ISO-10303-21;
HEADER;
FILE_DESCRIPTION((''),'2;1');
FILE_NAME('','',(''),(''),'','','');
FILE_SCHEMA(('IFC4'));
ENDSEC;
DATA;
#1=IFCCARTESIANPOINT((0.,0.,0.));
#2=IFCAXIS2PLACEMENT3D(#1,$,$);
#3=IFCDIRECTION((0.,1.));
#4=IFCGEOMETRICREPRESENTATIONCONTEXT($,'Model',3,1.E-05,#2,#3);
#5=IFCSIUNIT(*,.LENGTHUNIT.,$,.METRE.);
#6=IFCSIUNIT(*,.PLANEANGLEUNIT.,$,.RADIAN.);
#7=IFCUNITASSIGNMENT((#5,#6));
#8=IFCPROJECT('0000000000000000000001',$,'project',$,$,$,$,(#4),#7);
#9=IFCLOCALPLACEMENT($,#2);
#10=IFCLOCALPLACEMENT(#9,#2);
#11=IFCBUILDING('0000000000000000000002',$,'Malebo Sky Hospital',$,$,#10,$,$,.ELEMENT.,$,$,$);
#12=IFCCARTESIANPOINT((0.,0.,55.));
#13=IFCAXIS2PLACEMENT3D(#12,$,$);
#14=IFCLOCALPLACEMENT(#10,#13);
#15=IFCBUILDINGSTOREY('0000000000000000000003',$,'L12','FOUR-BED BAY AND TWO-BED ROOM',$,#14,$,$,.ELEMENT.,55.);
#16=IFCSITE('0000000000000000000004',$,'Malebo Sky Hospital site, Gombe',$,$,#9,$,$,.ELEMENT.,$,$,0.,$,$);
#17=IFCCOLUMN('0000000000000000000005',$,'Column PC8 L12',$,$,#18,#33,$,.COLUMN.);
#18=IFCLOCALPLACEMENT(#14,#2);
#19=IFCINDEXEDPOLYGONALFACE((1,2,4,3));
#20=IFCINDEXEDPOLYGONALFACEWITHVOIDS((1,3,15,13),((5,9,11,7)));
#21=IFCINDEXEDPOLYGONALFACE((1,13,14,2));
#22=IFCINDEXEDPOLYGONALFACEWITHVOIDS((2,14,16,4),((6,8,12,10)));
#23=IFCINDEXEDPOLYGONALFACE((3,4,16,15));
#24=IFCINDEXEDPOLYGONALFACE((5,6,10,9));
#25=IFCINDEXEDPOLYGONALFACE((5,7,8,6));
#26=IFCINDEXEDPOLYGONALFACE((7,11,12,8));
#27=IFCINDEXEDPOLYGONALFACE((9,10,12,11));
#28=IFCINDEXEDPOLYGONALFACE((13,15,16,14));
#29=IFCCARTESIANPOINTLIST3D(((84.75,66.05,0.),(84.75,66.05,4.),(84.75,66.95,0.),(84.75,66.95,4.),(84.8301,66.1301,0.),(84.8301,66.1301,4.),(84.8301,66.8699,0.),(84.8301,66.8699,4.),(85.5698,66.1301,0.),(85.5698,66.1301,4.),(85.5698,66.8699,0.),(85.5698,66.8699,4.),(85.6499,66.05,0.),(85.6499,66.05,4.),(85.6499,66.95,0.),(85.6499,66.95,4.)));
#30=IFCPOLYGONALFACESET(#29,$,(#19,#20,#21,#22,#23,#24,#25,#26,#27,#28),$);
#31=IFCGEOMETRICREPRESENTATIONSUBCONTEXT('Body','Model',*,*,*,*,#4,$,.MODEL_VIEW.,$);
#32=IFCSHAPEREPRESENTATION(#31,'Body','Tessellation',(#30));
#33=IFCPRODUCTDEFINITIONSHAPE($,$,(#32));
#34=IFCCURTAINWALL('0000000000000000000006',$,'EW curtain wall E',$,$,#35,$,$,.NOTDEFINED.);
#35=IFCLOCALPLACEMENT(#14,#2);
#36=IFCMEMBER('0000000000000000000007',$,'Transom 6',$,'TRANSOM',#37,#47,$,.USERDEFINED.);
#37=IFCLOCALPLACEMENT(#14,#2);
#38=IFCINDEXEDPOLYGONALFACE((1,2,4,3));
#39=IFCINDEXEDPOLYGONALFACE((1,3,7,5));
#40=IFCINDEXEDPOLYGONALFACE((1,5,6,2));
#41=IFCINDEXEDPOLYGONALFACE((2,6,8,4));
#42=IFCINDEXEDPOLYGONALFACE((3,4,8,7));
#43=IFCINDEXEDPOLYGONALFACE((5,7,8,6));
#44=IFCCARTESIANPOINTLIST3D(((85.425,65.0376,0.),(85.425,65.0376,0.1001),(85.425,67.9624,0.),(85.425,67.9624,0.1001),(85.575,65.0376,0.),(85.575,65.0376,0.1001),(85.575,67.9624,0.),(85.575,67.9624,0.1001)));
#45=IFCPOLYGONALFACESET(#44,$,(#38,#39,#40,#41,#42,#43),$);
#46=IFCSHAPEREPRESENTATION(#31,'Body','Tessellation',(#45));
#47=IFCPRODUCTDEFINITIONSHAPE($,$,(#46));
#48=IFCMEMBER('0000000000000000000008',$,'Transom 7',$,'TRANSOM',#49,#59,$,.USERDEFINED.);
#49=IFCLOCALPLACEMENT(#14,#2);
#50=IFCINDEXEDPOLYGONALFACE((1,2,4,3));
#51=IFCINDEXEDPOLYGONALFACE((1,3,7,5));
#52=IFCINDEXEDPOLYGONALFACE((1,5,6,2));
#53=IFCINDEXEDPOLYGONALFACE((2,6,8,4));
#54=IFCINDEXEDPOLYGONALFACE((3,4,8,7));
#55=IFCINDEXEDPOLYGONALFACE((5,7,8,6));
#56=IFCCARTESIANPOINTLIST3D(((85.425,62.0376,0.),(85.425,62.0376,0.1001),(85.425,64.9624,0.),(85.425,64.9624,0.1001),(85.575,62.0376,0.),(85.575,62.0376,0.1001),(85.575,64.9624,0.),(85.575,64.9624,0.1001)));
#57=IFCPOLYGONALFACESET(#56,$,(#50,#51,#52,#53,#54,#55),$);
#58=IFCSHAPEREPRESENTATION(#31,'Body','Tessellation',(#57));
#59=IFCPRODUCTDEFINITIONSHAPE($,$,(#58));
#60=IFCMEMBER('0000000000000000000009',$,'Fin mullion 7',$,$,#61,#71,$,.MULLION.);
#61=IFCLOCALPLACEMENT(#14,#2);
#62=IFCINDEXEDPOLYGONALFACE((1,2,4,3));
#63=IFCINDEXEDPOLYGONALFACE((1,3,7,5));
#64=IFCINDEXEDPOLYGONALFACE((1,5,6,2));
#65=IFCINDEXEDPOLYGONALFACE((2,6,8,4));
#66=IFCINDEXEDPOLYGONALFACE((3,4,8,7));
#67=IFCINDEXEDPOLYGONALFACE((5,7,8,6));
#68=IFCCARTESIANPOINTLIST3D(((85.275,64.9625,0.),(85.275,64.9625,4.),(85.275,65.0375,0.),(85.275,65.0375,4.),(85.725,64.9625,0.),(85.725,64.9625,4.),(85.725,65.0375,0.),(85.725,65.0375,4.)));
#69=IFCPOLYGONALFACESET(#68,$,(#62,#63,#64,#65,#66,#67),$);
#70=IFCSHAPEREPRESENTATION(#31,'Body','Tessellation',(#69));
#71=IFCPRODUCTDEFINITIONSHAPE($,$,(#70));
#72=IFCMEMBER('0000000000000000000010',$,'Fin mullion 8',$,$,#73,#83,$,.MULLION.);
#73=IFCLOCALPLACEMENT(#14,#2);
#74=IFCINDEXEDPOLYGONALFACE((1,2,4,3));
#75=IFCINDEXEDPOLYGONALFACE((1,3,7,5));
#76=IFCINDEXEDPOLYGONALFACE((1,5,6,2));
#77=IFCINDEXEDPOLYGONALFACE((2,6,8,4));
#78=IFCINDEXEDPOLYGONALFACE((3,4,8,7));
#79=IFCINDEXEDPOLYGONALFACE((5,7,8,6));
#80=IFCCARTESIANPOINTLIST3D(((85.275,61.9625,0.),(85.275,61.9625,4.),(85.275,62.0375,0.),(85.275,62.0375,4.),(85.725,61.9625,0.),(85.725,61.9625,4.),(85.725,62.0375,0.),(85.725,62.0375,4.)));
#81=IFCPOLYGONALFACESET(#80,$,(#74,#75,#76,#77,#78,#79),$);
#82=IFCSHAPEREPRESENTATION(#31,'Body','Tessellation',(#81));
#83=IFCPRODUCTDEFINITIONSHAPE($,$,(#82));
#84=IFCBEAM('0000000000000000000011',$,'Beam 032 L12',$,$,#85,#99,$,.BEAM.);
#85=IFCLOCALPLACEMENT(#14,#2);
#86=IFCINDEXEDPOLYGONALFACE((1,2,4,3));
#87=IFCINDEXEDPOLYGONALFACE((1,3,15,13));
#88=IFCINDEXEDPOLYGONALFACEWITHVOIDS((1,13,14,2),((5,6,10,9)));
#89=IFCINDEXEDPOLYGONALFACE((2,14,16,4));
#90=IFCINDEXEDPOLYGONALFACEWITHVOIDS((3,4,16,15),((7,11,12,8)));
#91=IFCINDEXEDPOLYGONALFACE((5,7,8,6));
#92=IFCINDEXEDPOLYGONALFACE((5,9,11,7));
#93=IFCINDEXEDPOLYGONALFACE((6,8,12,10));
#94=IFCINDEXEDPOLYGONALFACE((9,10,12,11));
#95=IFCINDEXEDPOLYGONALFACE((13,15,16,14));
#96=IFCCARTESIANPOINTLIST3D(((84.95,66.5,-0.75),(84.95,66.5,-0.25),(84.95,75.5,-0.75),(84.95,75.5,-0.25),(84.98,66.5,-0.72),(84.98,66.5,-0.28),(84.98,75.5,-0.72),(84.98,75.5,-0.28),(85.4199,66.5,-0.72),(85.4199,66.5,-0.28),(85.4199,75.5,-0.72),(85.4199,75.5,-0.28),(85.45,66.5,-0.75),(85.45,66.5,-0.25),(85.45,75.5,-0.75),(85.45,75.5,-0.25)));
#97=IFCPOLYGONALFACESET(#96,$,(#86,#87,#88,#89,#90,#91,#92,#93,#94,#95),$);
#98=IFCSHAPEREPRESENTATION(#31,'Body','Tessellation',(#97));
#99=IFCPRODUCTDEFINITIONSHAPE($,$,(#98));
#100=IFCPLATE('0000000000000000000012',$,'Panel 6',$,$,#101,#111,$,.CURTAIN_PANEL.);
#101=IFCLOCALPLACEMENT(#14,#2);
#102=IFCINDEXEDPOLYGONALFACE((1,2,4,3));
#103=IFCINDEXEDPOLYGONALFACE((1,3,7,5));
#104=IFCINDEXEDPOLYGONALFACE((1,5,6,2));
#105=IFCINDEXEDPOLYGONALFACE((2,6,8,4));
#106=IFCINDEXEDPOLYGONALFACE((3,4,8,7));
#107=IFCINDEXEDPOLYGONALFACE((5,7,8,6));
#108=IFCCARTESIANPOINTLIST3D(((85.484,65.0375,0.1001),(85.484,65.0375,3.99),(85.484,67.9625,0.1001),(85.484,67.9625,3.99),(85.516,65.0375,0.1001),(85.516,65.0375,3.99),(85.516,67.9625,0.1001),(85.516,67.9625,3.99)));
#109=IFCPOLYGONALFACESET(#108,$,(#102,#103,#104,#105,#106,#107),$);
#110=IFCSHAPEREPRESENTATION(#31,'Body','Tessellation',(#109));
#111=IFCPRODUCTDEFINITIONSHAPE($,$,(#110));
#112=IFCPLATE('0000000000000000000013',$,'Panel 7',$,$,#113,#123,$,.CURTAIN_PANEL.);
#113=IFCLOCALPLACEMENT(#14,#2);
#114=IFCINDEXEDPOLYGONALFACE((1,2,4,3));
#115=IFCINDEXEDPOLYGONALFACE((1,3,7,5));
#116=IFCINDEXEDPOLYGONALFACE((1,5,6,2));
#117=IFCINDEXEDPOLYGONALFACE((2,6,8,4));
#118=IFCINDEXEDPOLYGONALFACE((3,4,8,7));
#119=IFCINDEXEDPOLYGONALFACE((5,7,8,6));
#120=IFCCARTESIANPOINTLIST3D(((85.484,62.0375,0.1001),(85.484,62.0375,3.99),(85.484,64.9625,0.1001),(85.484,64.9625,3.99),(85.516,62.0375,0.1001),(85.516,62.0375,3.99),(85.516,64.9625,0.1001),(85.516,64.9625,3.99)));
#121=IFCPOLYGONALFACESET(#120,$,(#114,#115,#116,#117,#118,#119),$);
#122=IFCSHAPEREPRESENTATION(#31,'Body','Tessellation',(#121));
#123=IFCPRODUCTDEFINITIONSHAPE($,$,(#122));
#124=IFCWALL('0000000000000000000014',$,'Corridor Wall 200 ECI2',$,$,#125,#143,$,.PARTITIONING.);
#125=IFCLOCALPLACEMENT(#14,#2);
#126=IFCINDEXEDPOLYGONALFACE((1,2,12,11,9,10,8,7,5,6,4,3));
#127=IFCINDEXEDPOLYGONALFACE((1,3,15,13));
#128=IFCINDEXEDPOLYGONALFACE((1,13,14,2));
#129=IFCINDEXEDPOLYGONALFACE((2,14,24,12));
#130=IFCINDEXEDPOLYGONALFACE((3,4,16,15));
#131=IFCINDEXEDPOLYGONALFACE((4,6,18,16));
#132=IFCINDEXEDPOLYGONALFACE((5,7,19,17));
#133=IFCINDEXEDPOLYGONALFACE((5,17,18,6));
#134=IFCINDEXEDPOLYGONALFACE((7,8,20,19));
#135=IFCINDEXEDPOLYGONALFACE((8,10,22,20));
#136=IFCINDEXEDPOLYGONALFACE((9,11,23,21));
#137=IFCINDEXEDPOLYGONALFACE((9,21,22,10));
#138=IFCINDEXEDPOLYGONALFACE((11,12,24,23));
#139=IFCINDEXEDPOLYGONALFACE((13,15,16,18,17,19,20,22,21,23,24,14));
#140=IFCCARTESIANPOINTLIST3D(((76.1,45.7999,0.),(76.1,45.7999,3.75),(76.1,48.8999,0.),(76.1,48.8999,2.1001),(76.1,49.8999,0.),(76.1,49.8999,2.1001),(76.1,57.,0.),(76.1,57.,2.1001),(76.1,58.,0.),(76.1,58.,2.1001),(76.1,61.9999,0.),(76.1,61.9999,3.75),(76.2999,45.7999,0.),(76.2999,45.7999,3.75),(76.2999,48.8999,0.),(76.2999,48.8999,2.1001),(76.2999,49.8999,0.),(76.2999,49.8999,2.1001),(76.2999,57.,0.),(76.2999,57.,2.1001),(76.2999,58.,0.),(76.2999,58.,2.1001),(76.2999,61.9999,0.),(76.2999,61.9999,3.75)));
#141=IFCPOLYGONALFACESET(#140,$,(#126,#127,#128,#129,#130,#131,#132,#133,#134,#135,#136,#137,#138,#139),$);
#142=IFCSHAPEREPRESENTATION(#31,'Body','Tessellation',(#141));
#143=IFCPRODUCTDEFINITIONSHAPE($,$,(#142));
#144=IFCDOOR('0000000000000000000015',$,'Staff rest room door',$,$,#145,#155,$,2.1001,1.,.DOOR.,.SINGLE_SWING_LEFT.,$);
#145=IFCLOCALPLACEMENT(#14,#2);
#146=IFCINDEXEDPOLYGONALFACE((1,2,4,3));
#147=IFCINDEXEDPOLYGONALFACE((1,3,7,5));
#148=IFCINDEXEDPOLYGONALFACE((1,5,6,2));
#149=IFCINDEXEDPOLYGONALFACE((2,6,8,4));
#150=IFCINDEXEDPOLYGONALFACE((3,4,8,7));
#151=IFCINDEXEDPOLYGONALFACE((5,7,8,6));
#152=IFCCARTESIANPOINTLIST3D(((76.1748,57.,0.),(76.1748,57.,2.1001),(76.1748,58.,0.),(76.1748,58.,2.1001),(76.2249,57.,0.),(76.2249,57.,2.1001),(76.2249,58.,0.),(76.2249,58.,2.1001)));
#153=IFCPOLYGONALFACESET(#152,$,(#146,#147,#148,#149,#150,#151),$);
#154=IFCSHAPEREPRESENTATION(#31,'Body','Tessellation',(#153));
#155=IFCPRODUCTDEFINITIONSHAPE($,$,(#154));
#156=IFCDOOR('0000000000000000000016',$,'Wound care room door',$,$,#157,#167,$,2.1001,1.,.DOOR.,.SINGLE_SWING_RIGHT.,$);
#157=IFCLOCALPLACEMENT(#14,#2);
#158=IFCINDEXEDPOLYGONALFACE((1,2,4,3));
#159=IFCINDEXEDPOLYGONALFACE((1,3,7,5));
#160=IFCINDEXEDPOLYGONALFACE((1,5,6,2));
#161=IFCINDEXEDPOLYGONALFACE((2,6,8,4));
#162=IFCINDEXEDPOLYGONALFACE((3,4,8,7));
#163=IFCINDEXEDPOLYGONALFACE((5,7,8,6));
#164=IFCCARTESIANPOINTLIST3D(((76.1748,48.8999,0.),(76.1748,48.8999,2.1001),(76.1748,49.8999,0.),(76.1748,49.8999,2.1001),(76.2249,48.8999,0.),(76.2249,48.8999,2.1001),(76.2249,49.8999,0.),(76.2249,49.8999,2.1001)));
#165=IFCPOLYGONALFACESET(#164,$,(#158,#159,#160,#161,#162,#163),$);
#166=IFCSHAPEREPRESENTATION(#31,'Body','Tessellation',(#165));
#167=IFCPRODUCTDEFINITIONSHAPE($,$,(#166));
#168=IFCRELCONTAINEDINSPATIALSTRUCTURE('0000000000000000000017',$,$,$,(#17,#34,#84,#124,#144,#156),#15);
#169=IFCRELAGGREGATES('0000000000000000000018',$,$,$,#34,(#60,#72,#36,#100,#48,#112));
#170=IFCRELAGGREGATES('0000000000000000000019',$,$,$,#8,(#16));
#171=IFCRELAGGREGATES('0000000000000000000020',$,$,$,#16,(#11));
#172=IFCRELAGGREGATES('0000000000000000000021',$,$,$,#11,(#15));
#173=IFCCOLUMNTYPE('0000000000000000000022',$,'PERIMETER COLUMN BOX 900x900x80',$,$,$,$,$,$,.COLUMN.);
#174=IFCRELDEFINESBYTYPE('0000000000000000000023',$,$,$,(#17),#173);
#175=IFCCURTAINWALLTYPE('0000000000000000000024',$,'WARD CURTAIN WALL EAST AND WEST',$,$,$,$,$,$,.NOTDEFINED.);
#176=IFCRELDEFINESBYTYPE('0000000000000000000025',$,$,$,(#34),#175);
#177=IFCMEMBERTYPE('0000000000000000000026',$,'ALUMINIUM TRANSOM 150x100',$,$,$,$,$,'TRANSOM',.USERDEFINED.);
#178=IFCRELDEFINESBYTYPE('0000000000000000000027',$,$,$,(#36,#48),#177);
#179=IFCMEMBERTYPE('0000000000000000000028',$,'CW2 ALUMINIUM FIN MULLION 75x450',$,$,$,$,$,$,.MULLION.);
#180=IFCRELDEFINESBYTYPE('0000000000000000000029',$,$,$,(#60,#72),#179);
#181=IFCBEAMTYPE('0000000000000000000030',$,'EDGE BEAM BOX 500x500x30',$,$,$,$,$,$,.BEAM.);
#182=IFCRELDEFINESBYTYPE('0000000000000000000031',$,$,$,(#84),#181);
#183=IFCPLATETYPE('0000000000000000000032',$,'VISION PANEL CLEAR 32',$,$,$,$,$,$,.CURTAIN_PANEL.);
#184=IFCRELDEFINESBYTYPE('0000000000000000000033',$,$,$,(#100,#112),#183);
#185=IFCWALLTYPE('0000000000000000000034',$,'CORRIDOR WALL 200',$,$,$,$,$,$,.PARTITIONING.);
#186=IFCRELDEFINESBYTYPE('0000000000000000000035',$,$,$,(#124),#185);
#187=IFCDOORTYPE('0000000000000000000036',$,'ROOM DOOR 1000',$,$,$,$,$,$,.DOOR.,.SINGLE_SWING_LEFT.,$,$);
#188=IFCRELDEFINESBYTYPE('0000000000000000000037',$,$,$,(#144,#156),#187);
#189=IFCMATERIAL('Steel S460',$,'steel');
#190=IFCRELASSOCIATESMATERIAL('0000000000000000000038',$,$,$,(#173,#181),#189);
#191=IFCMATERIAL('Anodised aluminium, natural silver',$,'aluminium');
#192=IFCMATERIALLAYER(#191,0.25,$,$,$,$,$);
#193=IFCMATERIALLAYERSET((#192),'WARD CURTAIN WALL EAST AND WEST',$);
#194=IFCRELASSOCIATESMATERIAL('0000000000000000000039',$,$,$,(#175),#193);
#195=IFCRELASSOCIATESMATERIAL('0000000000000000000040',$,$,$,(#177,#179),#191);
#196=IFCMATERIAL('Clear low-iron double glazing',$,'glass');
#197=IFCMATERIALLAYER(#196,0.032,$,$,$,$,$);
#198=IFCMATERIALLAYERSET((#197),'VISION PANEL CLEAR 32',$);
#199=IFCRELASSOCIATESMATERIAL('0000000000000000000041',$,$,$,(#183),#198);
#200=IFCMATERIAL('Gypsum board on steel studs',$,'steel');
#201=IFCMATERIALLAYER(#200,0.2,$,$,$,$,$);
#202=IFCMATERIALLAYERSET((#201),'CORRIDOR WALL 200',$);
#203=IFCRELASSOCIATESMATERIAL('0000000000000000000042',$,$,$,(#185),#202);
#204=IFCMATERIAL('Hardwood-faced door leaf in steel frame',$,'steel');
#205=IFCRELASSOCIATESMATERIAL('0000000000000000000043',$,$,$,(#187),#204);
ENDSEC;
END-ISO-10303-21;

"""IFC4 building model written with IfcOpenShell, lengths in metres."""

from ifc_helpers import new_model, si_unit, direction, frame, frame_2d, origin, origin_2d, place, context, subcontext, project, spatial, rectangle, hollow_rectangle, extrude, material, layer, layer_set, material_profile, profile_set, type_object, element, fill, aggregate, save


model = new_model("IFC4")

# Units and contexts
model_context = context("Model", 3, precision=1e-05, world=origin(), true_north=direction((0.0, 1.0)))
body_context = subcontext(model_context, "Body", "Model", "MODEL_VIEW")
ifc_project = project(units=[si_unit("LENGTHUNIT", "METRE"), si_unit("PLANEANGLEUNIT", "RADIAN")], contexts=[model_context])

# Site, building, storey
site_placement = place(None, origin())
site = spatial("IfcSite", under=ifc_project, at=site_placement, Name="Malebo Sky Hospital site, Gombe", CompositionType="ELEMENT", RefElevation=0.0)
building_placement = place(site_placement, origin())
building = spatial("IfcBuilding", under=site, at=building_placement, Name="Malebo Sky Hospital", CompositionType="ELEMENT")
storey_placement = place(building_placement, frame((0.0, 0.0, 55.0)))
storey = spatial("IfcBuildingStorey", under=building, at=storey_placement, Name="L12", Description="FOUR-BED BAY AND TWO-BED ROOM", CompositionType="ELEMENT", Elevation=55.0)

# Column
ifc_material_1 = material(Name="Steel S460", Category="steel")
ifc_material_profile_1 = material_profile(ifc_material_1, hollow_rectangle(XDim=0.8999, YDim=0.8999, WallThickness=0.0801, at=origin_2d()), Name="BOX 900x900x80")
ifc_profile_set_1 = profile_set([ifc_material_profile_1], Name="Steel S460")
column_type = type_object("IfcColumnType", Name="PERIMETER COLUMN BOX 900x900x80", PredefinedType="COLUMN", material=ifc_profile_set_1)
column_placement = place(storey_placement, frame((85.2, 66.5, 0.0), z_axis=(0.0, 0.0, 1.0), x_axis=(1.0, 0.0, 0.0)))
element("IfcColumn", 1, at=column_placement, inside=storey, type_object=column_type, Name="Column PC8 L12", PredefinedType="COLUMN", context=body_context, shape_type="SweptSolid", body=[
    extrude(hollow_rectangle(XDim=0.8999, YDim=0.8999, WallThickness=0.0801, at=origin_2d()), origin(), (0.0, 0.0, 1.0), 4.0),
])

# Curtain wall, members
ifc_material_2 = material(Name="Anodised aluminium, natural silver", Category="aluminium")
ifc_layer_1 = layer(ifc_material_2, 0.25)
ifc_layer_set_1 = layer_set([ifc_layer_1], Name="WARD CURTAIN WALL EAST AND WEST")
curtain_wall_type = type_object("IfcCurtainWallType", Name="WARD CURTAIN WALL EAST AND WEST", PredefinedType="NOTDEFINED", material=ifc_layer_set_1)
curtain_wall_placement = place(storey_placement, origin())
curtain_wall = element("IfcCurtainWall", 2, at=curtain_wall_placement, inside=storey, type_object=curtain_wall_type, Name="EW curtain wall E", PredefinedType="NOTDEFINED")
ifc_material_profile_2 = material_profile(ifc_material_2, rectangle(XDim=0.1499, YDim=0.1001, at=origin_2d()), Name="ALUMINIUM TRANSOM 150x100")
ifc_profile_set_2 = profile_set([ifc_material_profile_2], Name="Anodised aluminium, natural silver")
member_type_1 = type_object("IfcMemberType", Name="ALUMINIUM TRANSOM 150x100", ElementType="TRANSOM", PredefinedType="USERDEFINED", material=ifc_profile_set_2)
member_1_placement = place(storey_placement, frame((85.5, 67.9624, 0.05), z_axis=(0.0, -1.0, 0.0), x_axis=(1.0, 0.0, 0.0)))
member_1 = element("IfcMember", 3, at=member_1_placement, type_object=member_type_1, Name="Transom 6", ObjectType="TRANSOM", PredefinedType="USERDEFINED", context=body_context, shape_type="SweptSolid", body=[
    extrude(rectangle(XDim=0.1499, YDim=0.1001, at=origin_2d()), origin(), (0.0, 0.0, 1.0), 2.9248),
])
member_2_placement = place(storey_placement, frame((85.5, 64.9624, 0.05), z_axis=(0.0, -1.0, 0.0), x_axis=(1.0, 0.0, 0.0)))
member_2 = element("IfcMember", 4, at=member_2_placement, type_object=member_type_1, Name="Transom 7", ObjectType="TRANSOM", PredefinedType="USERDEFINED", context=body_context, shape_type="SweptSolid", body=[
    extrude(rectangle(XDim=0.1499, YDim=0.1001, at=origin_2d()), origin(), (0.0, 0.0, 1.0), 2.9248),
])
ifc_material_profile_3 = material_profile(ifc_material_2, rectangle(XDim=0.075, YDim=0.45, at=origin_2d()), Name="CW2 ALUMINIUM FIN MULLION 75x450")
ifc_profile_set_3 = profile_set([ifc_material_profile_3], Name="Anodised aluminium, natural silver")
member_type_2 = type_object("IfcMemberType", Name="CW2 ALUMINIUM FIN MULLION 75x450", PredefinedType="MULLION", material=ifc_profile_set_3)
member_3_placement = place(storey_placement, frame((85.5, 65.0, 0.0), z_axis=(0.0, 0.0, 1.0), x_axis=(0.0, -1.0, 0.0)))
member_3 = element("IfcMember", 5, at=member_3_placement, type_object=member_type_2, Name="Fin mullion 7", PredefinedType="MULLION", context=body_context, shape_type="SweptSolid", body=[
    extrude(rectangle(XDim=0.075, YDim=0.45, at=origin_2d()), origin(), (0.0, 0.0, 1.0), 4.0),
])
member_4_placement = place(storey_placement, frame((85.5, 62.0, 0.0), z_axis=(0.0, 0.0, 1.0), x_axis=(0.0, -1.0, 0.0)))
member_4 = element("IfcMember", 6, at=member_4_placement, type_object=member_type_2, Name="Fin mullion 8", PredefinedType="MULLION", context=body_context, shape_type="SweptSolid", body=[
    extrude(rectangle(XDim=0.075, YDim=0.45, at=origin_2d()), origin(), (0.0, 0.0, 1.0), 4.0),
])

# Beam
ifc_material_profile_4 = material_profile(ifc_material_1, hollow_rectangle(XDim=0.5, YDim=0.5, WallThickness=0.03, at=origin_2d()), Name="BOX 500x500x30")
ifc_profile_set_4 = profile_set([ifc_material_profile_4], Name="Steel S460")
beam_type = type_object("IfcBeamType", Name="EDGE BEAM BOX 500x500x30", PredefinedType="BEAM", material=ifc_profile_set_4)
beam_placement = place(storey_placement, frame((85.2, 66.5, -0.5), z_axis=(0.0, 1.0, 0.0), x_axis=(-1.0, 0.0, 0.0)))
element("IfcBeam", 7, at=beam_placement, inside=storey, type_object=beam_type, Name="Beam 032 L12", PredefinedType="BEAM", context=body_context, shape_type="SweptSolid", body=[
    extrude(hollow_rectangle(XDim=0.5, YDim=0.5, WallThickness=0.03, at=origin_2d()), origin(), (0.0, 0.0, 1.0), 9.0),
])

# Plates
ifc_material_3 = material(Name="Clear low-iron double glazing", Category="glass")
ifc_layer_2 = layer(ifc_material_3, 0.032)
ifc_layer_set_2 = layer_set([ifc_layer_2], Name="VISION PANEL CLEAR 32")
plate_type = type_object("IfcPlateType", Name="VISION PANEL CLEAR 32", PredefinedType="CURTAIN_PANEL", material=ifc_layer_set_2)
plate_1_placement = place(storey_placement, frame((85.5, 66.5, 0.1001), z_axis=(0.0, 0.0, 1.0), x_axis=(0.0, -1.0, 0.0)))
plate_1 = element("IfcPlate", 8, at=plate_1_placement, type_object=plate_type, Name="Panel 6", PredefinedType="CURTAIN_PANEL", context=body_context, shape_type="SweptSolid", body=[
    extrude(rectangle(XDim=2.925, YDim=0.032, at=origin_2d()), origin(), (0.0, 0.0, 1.0), 3.8899),
])
plate_2_placement = place(storey_placement, frame((85.5, 63.5, 0.1001), z_axis=(0.0, 0.0, 1.0), x_axis=(0.0, -1.0, 0.0)))
plate_2 = element("IfcPlate", 9, at=plate_2_placement, type_object=plate_type, Name="Panel 7", PredefinedType="CURTAIN_PANEL", context=body_context, shape_type="SweptSolid", body=[
    extrude(rectangle(XDim=2.925, YDim=0.032, at=origin_2d()), origin(), (0.0, 0.0, 1.0), 3.8899),
])
aggregate(curtain_wall, [member_3, member_4, member_1, plate_1, member_2, plate_2])

# Wall, openings, doors
ifc_material_4 = material(Name="Gypsum board on steel studs", Category="steel")
ifc_layer_3 = layer(ifc_material_4, 0.2)
ifc_layer_set_3 = layer_set([ifc_layer_3], Name="CORRIDOR WALL 200")
wall_type_1 = type_object("IfcWallType", Name="CORRIDOR WALL 200", PredefinedType="PARTITIONING", material=ifc_layer_set_3)
wall_1_placement = place(storey_placement, frame((76.2, 62.0, 0.0), z_axis=(0.0, 0.0, 1.0), x_axis=(0.0, -1.0, 0.0)))
wall_1 = element("IfcWall", 10, at=wall_1_placement, inside=storey, type_object=wall_type_1, Name="Corridor Wall 200 ECI2", PredefinedType="PARTITIONING", context=body_context, shape_type="SweptSolid", body=[
    extrude(rectangle(XDim=16.2, YDim=0.2, at=frame_2d((8.1001, 0.0))), origin(), (0.0, 0.0, 1.0), 3.75),
])
opening_1_placement = place(wall_1_placement, frame((4.0, 0.0, 0.0)))
opening_1 = element("IfcOpeningElement", 11, at=opening_1_placement, cuts=wall_1, PredefinedType="OPENING", context=body_context, shape_type="SweptSolid", body=[
    extrude(rectangle(XDim=1.0, YDim=2.1001, at=frame_2d((0.5, 1.05))), frame((0.0, 0.1099, 0.0), z_axis=(0.0, -1.0, 0.0), x_axis=(1.0, 0.0, 0.0)), (0.0, 0.0, 1.0), 0.22),
])
opening_2_placement = place(wall_1_placement, frame((12.1001, 0.0, 0.0)))
opening_2 = element("IfcOpeningElement", 12, at=opening_2_placement, cuts=wall_1, PredefinedType="OPENING", context=body_context, shape_type="SweptSolid", body=[
    extrude(rectangle(XDim=1.0, YDim=2.1001, at=frame_2d((0.5, 1.05))), frame((0.0, 0.1099, 0.0), z_axis=(0.0, -1.0, 0.0), x_axis=(1.0, 0.0, 0.0)), (0.0, 0.0, 1.0), 0.22),
])
ifc_material_5 = material(Name="Hardwood-faced door leaf in steel frame", Category="steel")
door_type_1 = type_object("IfcDoorType", Name="ROOM DOOR 1000", OperationType="SINGLE_SWING_LEFT", PredefinedType="DOOR", material=ifc_material_5)
door_1_placement = place(opening_1_placement, origin())
door_1 = element("IfcDoor", 13, at=door_1_placement, inside=storey, type_object=door_type_1, Name="Staff rest room door", OperationType="SINGLE_SWING_LEFT", OverallHeight=2.1001, OverallWidth=1.0, PredefinedType="DOOR", context=body_context, shape_type="SweptSolid", body=[
    extrude(rectangle(XDim=1.0, YDim=2.1001, at=frame_2d((0.5, 1.05))), frame((0.0, 0.0249, 0.0), z_axis=(0.0, -1.0, 0.0), x_axis=(1.0, 0.0, 0.0)), (0.0, 0.0, 1.0), 0.05),
])
fill(opening_1, door_1)
door_2_placement = place(opening_2_placement, origin())
door_2 = element("IfcDoor", 14, at=door_2_placement, inside=storey, type_object=door_type_1, Name="Wound care room door", OperationType="SINGLE_SWING_RIGHT", OverallHeight=2.1001, OverallWidth=1.0, PredefinedType="DOOR", context=body_context, shape_type="SweptSolid", body=[
    extrude(rectangle(XDim=1.0, YDim=2.1001, at=frame_2d((0.5, 1.05))), frame((0.0, 0.0249, 0.0), z_axis=(0.0, -1.0, 0.0), x_axis=(1.0, 0.0, 0.0)), (0.0, 0.0, 1.0), 0.05),
])
fill(opening_2, door_2)

save(model, "model.ifc")
